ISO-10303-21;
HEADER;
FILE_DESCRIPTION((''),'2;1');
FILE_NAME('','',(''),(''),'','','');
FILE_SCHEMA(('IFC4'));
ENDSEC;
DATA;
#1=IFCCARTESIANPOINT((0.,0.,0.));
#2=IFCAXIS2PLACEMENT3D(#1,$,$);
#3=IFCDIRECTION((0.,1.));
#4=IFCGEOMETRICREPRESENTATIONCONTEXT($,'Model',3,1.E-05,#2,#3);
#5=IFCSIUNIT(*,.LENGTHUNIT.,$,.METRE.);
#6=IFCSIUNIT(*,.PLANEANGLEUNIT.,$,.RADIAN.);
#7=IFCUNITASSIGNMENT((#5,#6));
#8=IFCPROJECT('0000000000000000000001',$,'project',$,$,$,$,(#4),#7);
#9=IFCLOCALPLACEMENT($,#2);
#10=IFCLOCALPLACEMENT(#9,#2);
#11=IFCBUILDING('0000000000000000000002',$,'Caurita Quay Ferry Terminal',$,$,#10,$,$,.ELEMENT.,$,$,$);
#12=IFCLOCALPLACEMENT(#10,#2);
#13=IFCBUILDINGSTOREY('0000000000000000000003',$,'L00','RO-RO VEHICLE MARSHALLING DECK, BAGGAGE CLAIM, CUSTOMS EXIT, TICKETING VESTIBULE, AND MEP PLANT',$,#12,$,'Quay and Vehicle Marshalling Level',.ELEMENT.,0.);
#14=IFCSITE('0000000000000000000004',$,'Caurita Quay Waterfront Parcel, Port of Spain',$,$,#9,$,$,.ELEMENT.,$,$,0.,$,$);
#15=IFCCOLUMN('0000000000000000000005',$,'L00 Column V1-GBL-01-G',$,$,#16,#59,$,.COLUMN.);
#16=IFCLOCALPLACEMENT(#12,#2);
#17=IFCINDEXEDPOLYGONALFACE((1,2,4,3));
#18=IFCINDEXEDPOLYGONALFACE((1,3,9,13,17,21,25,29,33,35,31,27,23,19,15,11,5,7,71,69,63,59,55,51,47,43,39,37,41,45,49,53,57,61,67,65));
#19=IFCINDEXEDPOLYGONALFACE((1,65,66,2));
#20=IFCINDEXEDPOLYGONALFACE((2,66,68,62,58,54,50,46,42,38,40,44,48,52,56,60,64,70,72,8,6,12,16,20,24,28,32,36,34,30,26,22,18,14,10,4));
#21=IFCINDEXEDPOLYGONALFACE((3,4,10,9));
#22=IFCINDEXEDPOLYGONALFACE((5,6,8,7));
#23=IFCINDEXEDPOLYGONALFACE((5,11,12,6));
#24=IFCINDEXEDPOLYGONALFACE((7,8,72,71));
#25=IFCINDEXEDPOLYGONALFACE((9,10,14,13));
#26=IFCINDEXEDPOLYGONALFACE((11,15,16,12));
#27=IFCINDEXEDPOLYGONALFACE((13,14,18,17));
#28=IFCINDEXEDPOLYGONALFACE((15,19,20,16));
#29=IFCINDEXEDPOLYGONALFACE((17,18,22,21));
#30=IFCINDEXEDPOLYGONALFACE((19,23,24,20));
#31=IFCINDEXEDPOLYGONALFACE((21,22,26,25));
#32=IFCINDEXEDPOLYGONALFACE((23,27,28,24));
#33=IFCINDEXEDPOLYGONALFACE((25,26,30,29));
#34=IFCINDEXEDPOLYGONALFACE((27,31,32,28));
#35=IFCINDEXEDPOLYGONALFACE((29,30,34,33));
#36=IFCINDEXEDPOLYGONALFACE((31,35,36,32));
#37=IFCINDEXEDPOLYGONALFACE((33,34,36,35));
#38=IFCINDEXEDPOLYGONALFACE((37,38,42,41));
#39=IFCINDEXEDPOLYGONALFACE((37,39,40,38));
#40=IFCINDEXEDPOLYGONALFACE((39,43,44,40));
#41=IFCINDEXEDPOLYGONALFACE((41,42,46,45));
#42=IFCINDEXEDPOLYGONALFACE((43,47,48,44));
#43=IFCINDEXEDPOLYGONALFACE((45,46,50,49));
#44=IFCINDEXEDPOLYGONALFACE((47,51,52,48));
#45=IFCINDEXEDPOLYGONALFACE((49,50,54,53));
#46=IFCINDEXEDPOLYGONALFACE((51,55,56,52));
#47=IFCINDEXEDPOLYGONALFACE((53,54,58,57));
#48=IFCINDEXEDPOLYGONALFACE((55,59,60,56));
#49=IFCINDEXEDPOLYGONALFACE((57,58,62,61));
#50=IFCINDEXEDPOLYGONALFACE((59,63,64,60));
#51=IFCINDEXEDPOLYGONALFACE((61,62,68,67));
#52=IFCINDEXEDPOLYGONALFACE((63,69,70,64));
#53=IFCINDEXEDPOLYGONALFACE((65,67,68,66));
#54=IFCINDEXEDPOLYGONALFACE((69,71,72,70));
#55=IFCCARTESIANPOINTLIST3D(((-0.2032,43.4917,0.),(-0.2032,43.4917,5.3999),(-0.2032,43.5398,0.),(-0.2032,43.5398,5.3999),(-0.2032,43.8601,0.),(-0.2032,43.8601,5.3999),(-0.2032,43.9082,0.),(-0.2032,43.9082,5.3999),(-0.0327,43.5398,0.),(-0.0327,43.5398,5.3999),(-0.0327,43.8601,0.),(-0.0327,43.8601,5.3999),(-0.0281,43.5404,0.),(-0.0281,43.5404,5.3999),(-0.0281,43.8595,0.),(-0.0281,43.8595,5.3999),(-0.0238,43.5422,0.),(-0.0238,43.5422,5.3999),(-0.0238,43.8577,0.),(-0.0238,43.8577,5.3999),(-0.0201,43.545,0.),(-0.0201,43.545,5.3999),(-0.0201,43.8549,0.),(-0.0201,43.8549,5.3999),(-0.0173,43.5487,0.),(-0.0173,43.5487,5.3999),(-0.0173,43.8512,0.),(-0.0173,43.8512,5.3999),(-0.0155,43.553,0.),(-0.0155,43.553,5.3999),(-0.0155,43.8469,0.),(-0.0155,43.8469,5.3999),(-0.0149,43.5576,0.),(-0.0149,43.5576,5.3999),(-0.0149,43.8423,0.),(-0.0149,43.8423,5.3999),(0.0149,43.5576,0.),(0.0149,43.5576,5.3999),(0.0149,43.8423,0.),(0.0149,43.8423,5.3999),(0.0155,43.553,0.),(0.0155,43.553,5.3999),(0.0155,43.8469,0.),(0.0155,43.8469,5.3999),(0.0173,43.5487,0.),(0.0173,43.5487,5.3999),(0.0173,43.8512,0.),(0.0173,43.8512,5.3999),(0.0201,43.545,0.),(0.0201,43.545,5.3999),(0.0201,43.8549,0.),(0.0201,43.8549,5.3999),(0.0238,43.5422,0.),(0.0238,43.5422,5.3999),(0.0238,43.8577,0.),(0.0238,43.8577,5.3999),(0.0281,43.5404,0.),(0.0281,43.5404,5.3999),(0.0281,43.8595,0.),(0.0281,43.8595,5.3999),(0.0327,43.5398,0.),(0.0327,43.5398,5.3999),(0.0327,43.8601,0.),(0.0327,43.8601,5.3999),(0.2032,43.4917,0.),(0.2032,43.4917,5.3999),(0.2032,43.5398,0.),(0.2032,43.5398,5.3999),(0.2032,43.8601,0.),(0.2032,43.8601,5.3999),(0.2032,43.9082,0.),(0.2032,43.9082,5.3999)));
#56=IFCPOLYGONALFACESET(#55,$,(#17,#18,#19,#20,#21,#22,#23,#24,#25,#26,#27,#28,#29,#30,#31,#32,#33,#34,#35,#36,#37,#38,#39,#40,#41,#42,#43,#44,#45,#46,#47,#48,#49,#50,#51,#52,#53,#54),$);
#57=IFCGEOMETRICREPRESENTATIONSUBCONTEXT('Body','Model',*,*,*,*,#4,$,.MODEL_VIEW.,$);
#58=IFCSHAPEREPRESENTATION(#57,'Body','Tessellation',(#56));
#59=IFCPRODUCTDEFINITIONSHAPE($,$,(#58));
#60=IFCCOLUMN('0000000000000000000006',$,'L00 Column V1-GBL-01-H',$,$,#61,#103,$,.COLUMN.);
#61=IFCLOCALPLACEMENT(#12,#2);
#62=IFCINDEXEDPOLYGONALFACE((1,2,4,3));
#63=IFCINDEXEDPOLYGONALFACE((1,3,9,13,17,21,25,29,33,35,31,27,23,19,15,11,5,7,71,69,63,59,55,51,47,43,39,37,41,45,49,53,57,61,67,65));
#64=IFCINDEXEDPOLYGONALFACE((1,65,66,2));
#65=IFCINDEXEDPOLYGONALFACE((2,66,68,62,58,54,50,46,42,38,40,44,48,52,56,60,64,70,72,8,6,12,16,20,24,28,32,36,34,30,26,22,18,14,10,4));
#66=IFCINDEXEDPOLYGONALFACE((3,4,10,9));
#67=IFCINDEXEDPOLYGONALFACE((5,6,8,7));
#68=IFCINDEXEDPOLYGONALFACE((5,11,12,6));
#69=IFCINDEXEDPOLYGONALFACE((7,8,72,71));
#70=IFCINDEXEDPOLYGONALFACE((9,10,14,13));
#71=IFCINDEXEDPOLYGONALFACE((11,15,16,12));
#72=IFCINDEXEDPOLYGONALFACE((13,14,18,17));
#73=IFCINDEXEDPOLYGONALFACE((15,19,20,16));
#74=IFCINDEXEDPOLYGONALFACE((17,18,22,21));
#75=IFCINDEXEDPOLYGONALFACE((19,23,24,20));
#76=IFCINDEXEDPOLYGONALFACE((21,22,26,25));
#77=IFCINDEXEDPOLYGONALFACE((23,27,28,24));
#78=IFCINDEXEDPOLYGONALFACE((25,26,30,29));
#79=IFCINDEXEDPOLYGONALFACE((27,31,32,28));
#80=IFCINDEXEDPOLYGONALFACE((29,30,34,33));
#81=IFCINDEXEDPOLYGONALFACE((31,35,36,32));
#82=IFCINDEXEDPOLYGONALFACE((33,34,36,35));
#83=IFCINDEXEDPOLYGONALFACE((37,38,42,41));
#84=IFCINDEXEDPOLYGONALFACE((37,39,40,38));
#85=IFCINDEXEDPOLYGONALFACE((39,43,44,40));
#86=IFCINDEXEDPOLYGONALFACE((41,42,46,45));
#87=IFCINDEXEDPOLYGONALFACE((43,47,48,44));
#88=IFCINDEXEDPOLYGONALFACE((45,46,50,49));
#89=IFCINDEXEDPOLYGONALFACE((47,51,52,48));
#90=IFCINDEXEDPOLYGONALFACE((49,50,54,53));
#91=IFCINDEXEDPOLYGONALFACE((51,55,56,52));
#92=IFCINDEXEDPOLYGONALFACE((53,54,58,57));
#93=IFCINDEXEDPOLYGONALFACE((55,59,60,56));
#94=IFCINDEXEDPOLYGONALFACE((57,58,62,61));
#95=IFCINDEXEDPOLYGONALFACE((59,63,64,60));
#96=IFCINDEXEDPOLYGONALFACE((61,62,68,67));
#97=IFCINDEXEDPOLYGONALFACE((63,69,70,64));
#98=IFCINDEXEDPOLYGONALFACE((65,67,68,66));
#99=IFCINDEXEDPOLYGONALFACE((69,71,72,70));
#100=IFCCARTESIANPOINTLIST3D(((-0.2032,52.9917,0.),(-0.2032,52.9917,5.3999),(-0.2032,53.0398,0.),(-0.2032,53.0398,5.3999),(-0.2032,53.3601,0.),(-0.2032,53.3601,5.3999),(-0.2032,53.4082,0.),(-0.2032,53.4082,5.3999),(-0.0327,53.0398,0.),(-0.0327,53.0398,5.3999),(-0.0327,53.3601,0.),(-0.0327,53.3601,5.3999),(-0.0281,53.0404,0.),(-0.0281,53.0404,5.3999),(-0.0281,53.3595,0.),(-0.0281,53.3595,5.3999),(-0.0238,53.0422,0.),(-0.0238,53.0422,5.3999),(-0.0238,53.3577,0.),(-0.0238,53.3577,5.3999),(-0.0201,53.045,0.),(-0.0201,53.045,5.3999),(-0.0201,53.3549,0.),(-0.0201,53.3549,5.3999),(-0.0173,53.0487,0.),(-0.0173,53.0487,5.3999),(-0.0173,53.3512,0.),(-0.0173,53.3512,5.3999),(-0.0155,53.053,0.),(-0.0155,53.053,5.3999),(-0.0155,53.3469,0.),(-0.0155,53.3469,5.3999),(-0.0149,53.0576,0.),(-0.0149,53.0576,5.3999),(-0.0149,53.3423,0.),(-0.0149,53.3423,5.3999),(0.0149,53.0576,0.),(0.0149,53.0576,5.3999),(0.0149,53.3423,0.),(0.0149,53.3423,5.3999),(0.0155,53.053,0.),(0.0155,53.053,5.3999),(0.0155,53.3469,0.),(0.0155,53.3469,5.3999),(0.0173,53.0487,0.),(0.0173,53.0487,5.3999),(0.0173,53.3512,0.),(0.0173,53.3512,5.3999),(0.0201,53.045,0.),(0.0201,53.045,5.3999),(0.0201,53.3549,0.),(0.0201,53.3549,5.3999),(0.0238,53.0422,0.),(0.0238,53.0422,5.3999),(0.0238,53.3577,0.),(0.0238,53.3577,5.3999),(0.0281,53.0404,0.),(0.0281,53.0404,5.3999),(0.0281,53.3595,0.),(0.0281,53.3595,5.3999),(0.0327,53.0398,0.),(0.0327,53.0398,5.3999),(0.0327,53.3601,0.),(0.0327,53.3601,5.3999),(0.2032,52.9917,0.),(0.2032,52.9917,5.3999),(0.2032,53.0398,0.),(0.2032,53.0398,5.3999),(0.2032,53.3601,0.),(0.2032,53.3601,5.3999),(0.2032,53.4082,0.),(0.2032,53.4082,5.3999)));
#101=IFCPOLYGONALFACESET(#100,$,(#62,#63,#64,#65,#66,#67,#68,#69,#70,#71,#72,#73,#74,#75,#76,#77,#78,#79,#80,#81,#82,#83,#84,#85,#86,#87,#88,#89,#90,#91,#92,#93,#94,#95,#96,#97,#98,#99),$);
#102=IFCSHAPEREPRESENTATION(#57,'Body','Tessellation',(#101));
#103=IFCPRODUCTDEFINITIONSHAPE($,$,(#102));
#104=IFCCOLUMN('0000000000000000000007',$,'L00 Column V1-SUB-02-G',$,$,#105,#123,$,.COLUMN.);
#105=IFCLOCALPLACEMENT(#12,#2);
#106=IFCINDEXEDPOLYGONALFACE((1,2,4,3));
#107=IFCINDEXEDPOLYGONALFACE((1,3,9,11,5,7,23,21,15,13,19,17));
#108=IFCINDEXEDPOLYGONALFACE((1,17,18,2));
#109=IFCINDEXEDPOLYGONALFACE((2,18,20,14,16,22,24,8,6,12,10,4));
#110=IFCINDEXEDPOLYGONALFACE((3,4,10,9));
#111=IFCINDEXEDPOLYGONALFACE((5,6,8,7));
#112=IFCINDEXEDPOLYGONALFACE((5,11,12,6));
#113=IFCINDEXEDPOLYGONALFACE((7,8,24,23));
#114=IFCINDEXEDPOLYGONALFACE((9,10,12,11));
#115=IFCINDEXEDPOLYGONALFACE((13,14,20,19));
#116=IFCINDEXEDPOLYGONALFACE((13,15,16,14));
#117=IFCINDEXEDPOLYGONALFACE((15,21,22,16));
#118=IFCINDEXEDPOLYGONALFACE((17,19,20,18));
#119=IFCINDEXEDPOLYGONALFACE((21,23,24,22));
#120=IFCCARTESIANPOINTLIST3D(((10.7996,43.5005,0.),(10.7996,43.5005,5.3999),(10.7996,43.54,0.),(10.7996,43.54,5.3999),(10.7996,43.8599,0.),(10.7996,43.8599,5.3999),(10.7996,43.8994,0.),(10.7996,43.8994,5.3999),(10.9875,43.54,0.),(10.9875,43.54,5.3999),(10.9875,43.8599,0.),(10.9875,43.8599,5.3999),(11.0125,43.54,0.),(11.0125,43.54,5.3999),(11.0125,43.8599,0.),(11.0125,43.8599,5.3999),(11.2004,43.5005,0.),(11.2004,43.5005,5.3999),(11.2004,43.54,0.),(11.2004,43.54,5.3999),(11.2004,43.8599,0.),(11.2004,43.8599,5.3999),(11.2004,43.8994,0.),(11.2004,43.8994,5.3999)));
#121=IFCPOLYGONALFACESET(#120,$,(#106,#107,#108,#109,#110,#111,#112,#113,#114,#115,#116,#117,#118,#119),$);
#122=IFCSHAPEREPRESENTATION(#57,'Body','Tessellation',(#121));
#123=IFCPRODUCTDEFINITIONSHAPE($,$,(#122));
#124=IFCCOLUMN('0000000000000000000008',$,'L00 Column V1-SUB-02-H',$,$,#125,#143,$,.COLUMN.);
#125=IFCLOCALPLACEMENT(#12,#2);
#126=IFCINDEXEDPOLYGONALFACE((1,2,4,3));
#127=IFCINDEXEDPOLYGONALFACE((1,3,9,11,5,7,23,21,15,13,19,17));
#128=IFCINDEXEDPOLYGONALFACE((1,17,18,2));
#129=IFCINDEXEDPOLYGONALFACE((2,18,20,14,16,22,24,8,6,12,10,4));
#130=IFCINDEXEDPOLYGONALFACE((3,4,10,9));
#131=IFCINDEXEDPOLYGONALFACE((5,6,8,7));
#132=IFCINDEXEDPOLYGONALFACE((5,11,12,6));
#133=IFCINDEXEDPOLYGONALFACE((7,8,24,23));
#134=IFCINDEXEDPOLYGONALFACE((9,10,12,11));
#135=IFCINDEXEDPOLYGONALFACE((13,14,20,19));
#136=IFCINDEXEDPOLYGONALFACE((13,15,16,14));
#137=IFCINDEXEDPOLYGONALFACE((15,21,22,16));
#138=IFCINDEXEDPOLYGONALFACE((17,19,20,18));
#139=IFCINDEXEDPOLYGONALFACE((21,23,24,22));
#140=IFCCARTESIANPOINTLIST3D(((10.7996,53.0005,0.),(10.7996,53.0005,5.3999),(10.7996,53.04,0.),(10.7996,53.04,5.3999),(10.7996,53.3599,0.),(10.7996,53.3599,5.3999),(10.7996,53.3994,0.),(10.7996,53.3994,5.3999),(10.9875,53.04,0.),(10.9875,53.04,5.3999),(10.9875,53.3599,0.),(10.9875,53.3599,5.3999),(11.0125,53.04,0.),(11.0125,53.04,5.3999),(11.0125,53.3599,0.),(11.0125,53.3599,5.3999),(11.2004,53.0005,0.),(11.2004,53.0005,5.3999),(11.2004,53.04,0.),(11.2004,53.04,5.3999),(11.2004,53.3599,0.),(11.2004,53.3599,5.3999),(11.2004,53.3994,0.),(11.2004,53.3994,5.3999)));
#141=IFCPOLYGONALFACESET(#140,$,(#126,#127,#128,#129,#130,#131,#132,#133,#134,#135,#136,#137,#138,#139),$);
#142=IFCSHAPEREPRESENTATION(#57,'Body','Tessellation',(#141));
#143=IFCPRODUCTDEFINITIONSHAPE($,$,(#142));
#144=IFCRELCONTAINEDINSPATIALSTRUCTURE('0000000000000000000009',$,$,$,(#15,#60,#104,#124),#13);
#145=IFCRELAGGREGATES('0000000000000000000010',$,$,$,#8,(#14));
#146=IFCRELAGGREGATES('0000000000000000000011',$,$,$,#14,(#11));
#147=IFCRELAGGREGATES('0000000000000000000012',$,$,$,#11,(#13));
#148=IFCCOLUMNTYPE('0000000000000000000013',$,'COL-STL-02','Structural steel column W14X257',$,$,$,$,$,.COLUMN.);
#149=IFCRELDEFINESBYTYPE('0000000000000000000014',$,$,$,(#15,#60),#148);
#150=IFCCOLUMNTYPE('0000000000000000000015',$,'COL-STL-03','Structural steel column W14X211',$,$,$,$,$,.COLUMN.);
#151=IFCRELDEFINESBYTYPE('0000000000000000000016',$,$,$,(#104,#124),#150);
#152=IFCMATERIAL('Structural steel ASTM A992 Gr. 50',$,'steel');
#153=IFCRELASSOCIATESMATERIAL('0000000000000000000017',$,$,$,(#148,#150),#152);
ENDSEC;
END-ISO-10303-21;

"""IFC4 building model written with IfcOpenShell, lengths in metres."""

from ifc_helpers import new_model, si_unit, direction, frame, origin, origin_2d, place, context, subcontext, project, spatial, i_section, extrude, material, material_profile, profile_set, type_object, element, save


model = new_model("IFC4")

# Units and contexts
model_context = context("Model", 3, precision=1e-05, world=origin(), true_north=direction((0.0, 1.0)))
body_context = subcontext(model_context, "Body", "Model", "MODEL_VIEW")
ifc_project = project(units=[si_unit("LENGTHUNIT", "METRE"), si_unit("PLANEANGLEUNIT", "RADIAN")], contexts=[model_context])

# Site, building, storey
site_placement = place(None, origin())
site = spatial("IfcSite", under=ifc_project, at=site_placement, Name="Caurita Quay Waterfront Parcel, Port of Spain", CompositionType="ELEMENT", RefElevation=0.0)
building_placement = place(site_placement, origin())
building = spatial("IfcBuilding", under=site, at=building_placement, Name="Caurita Quay Ferry Terminal", CompositionType="ELEMENT")
storey_placement = place(building_placement, origin())
storey = spatial("IfcBuildingStorey", under=building, at=storey_placement, Name="L00", Description="RO-RO VEHICLE MARSHALLING DECK, BAGGAGE CLAIM, CUSTOMS EXIT, TICKETING VESTIBULE, AND MEP PLANT", LongName="Quay and Vehicle Marshalling Level", CompositionType="ELEMENT", Elevation=0.0)

# Columns
ifc_material_1 = material(Name="Structural steel ASTM A992 Gr. 50", Category="steel")
ifc_material_profile_1 = material_profile(ifc_material_1, i_section(OverallWidth=0.4065, OverallDepth=0.4165, WebThickness=0.0298, FlangeThickness=0.0481, FilletRadius=0.0178, at=origin_2d()), Name="W14X257")
ifc_profile_set_1 = profile_set([ifc_material_profile_1], Name="Structural steel ASTM A992 Gr. 50")
column_type_1 = type_object("IfcColumnType", Name="COL-STL-02", Description="Structural steel column W14X257", PredefinedType="COLUMN", material=ifc_profile_set_1)
for number, where, z_axis, x_axis, name in (
    (1, (0.0, 43.7, 0.0), (0.0, 0.0, 1.0), (1.0, 0.0, 0.0), "L00 Column V1-GBL-01-G"),
    (2, (0.0, 53.2, 0.0), (0.0, 0.0, 1.0), (1.0, 0.0, 0.0), "L00 Column V1-GBL-01-H"),
):
    element("IfcColumn", number, at=place(storey_placement, frame(where, z_axis=z_axis, x_axis=x_axis)), inside=storey, type_object=column_type_1, Name=name, PredefinedType="COLUMN", context=body_context, shape_type="SweptSolid", body=[
        extrude(i_section(OverallWidth=0.4065, OverallDepth=0.4165, WebThickness=0.0298, FlangeThickness=0.0481, FilletRadius=0.0178, at=origin_2d()), origin(), (0.0, 0.0, 1.0), 5.3999),
    ])
ifc_material_profile_2 = material_profile(ifc_material_1, i_section(OverallWidth=0.4009, OverallDepth=0.3989, WebThickness=0.0249, FlangeThickness=0.0396, at=origin_2d()), Name="W14X211")
ifc_profile_set_2 = profile_set([ifc_material_profile_2], Name="Structural steel ASTM A992 Gr. 50")
column_type_2 = type_object("IfcColumnType", Name="COL-STL-03", Description="Structural steel column W14X211", PredefinedType="COLUMN", material=ifc_profile_set_2)
for number, where, z_axis, x_axis, name in (
    (3, (11.0, 43.7, 0.0), (0.0, 0.0, 1.0), (1.0, 0.0, 0.0), "L00 Column V1-SUB-02-G"),
    (4, (11.0, 53.2, 0.0), (0.0, 0.0, 1.0), (1.0, 0.0, 0.0), "L00 Column V1-SUB-02-H"),
):
    element("IfcColumn", number, at=place(storey_placement, frame(where, z_axis=z_axis, x_axis=x_axis)), inside=storey, type_object=column_type_2, Name=name, PredefinedType="COLUMN", context=body_context, shape_type="SweptSolid", body=[
        extrude(i_section(OverallWidth=0.4009, OverallDepth=0.3989, WebThickness=0.0249, FlangeThickness=0.0396, at=origin_2d()), origin(), (0.0, 0.0, 1.0), 5.3999),
    ])

save(model, "model.ifc")
